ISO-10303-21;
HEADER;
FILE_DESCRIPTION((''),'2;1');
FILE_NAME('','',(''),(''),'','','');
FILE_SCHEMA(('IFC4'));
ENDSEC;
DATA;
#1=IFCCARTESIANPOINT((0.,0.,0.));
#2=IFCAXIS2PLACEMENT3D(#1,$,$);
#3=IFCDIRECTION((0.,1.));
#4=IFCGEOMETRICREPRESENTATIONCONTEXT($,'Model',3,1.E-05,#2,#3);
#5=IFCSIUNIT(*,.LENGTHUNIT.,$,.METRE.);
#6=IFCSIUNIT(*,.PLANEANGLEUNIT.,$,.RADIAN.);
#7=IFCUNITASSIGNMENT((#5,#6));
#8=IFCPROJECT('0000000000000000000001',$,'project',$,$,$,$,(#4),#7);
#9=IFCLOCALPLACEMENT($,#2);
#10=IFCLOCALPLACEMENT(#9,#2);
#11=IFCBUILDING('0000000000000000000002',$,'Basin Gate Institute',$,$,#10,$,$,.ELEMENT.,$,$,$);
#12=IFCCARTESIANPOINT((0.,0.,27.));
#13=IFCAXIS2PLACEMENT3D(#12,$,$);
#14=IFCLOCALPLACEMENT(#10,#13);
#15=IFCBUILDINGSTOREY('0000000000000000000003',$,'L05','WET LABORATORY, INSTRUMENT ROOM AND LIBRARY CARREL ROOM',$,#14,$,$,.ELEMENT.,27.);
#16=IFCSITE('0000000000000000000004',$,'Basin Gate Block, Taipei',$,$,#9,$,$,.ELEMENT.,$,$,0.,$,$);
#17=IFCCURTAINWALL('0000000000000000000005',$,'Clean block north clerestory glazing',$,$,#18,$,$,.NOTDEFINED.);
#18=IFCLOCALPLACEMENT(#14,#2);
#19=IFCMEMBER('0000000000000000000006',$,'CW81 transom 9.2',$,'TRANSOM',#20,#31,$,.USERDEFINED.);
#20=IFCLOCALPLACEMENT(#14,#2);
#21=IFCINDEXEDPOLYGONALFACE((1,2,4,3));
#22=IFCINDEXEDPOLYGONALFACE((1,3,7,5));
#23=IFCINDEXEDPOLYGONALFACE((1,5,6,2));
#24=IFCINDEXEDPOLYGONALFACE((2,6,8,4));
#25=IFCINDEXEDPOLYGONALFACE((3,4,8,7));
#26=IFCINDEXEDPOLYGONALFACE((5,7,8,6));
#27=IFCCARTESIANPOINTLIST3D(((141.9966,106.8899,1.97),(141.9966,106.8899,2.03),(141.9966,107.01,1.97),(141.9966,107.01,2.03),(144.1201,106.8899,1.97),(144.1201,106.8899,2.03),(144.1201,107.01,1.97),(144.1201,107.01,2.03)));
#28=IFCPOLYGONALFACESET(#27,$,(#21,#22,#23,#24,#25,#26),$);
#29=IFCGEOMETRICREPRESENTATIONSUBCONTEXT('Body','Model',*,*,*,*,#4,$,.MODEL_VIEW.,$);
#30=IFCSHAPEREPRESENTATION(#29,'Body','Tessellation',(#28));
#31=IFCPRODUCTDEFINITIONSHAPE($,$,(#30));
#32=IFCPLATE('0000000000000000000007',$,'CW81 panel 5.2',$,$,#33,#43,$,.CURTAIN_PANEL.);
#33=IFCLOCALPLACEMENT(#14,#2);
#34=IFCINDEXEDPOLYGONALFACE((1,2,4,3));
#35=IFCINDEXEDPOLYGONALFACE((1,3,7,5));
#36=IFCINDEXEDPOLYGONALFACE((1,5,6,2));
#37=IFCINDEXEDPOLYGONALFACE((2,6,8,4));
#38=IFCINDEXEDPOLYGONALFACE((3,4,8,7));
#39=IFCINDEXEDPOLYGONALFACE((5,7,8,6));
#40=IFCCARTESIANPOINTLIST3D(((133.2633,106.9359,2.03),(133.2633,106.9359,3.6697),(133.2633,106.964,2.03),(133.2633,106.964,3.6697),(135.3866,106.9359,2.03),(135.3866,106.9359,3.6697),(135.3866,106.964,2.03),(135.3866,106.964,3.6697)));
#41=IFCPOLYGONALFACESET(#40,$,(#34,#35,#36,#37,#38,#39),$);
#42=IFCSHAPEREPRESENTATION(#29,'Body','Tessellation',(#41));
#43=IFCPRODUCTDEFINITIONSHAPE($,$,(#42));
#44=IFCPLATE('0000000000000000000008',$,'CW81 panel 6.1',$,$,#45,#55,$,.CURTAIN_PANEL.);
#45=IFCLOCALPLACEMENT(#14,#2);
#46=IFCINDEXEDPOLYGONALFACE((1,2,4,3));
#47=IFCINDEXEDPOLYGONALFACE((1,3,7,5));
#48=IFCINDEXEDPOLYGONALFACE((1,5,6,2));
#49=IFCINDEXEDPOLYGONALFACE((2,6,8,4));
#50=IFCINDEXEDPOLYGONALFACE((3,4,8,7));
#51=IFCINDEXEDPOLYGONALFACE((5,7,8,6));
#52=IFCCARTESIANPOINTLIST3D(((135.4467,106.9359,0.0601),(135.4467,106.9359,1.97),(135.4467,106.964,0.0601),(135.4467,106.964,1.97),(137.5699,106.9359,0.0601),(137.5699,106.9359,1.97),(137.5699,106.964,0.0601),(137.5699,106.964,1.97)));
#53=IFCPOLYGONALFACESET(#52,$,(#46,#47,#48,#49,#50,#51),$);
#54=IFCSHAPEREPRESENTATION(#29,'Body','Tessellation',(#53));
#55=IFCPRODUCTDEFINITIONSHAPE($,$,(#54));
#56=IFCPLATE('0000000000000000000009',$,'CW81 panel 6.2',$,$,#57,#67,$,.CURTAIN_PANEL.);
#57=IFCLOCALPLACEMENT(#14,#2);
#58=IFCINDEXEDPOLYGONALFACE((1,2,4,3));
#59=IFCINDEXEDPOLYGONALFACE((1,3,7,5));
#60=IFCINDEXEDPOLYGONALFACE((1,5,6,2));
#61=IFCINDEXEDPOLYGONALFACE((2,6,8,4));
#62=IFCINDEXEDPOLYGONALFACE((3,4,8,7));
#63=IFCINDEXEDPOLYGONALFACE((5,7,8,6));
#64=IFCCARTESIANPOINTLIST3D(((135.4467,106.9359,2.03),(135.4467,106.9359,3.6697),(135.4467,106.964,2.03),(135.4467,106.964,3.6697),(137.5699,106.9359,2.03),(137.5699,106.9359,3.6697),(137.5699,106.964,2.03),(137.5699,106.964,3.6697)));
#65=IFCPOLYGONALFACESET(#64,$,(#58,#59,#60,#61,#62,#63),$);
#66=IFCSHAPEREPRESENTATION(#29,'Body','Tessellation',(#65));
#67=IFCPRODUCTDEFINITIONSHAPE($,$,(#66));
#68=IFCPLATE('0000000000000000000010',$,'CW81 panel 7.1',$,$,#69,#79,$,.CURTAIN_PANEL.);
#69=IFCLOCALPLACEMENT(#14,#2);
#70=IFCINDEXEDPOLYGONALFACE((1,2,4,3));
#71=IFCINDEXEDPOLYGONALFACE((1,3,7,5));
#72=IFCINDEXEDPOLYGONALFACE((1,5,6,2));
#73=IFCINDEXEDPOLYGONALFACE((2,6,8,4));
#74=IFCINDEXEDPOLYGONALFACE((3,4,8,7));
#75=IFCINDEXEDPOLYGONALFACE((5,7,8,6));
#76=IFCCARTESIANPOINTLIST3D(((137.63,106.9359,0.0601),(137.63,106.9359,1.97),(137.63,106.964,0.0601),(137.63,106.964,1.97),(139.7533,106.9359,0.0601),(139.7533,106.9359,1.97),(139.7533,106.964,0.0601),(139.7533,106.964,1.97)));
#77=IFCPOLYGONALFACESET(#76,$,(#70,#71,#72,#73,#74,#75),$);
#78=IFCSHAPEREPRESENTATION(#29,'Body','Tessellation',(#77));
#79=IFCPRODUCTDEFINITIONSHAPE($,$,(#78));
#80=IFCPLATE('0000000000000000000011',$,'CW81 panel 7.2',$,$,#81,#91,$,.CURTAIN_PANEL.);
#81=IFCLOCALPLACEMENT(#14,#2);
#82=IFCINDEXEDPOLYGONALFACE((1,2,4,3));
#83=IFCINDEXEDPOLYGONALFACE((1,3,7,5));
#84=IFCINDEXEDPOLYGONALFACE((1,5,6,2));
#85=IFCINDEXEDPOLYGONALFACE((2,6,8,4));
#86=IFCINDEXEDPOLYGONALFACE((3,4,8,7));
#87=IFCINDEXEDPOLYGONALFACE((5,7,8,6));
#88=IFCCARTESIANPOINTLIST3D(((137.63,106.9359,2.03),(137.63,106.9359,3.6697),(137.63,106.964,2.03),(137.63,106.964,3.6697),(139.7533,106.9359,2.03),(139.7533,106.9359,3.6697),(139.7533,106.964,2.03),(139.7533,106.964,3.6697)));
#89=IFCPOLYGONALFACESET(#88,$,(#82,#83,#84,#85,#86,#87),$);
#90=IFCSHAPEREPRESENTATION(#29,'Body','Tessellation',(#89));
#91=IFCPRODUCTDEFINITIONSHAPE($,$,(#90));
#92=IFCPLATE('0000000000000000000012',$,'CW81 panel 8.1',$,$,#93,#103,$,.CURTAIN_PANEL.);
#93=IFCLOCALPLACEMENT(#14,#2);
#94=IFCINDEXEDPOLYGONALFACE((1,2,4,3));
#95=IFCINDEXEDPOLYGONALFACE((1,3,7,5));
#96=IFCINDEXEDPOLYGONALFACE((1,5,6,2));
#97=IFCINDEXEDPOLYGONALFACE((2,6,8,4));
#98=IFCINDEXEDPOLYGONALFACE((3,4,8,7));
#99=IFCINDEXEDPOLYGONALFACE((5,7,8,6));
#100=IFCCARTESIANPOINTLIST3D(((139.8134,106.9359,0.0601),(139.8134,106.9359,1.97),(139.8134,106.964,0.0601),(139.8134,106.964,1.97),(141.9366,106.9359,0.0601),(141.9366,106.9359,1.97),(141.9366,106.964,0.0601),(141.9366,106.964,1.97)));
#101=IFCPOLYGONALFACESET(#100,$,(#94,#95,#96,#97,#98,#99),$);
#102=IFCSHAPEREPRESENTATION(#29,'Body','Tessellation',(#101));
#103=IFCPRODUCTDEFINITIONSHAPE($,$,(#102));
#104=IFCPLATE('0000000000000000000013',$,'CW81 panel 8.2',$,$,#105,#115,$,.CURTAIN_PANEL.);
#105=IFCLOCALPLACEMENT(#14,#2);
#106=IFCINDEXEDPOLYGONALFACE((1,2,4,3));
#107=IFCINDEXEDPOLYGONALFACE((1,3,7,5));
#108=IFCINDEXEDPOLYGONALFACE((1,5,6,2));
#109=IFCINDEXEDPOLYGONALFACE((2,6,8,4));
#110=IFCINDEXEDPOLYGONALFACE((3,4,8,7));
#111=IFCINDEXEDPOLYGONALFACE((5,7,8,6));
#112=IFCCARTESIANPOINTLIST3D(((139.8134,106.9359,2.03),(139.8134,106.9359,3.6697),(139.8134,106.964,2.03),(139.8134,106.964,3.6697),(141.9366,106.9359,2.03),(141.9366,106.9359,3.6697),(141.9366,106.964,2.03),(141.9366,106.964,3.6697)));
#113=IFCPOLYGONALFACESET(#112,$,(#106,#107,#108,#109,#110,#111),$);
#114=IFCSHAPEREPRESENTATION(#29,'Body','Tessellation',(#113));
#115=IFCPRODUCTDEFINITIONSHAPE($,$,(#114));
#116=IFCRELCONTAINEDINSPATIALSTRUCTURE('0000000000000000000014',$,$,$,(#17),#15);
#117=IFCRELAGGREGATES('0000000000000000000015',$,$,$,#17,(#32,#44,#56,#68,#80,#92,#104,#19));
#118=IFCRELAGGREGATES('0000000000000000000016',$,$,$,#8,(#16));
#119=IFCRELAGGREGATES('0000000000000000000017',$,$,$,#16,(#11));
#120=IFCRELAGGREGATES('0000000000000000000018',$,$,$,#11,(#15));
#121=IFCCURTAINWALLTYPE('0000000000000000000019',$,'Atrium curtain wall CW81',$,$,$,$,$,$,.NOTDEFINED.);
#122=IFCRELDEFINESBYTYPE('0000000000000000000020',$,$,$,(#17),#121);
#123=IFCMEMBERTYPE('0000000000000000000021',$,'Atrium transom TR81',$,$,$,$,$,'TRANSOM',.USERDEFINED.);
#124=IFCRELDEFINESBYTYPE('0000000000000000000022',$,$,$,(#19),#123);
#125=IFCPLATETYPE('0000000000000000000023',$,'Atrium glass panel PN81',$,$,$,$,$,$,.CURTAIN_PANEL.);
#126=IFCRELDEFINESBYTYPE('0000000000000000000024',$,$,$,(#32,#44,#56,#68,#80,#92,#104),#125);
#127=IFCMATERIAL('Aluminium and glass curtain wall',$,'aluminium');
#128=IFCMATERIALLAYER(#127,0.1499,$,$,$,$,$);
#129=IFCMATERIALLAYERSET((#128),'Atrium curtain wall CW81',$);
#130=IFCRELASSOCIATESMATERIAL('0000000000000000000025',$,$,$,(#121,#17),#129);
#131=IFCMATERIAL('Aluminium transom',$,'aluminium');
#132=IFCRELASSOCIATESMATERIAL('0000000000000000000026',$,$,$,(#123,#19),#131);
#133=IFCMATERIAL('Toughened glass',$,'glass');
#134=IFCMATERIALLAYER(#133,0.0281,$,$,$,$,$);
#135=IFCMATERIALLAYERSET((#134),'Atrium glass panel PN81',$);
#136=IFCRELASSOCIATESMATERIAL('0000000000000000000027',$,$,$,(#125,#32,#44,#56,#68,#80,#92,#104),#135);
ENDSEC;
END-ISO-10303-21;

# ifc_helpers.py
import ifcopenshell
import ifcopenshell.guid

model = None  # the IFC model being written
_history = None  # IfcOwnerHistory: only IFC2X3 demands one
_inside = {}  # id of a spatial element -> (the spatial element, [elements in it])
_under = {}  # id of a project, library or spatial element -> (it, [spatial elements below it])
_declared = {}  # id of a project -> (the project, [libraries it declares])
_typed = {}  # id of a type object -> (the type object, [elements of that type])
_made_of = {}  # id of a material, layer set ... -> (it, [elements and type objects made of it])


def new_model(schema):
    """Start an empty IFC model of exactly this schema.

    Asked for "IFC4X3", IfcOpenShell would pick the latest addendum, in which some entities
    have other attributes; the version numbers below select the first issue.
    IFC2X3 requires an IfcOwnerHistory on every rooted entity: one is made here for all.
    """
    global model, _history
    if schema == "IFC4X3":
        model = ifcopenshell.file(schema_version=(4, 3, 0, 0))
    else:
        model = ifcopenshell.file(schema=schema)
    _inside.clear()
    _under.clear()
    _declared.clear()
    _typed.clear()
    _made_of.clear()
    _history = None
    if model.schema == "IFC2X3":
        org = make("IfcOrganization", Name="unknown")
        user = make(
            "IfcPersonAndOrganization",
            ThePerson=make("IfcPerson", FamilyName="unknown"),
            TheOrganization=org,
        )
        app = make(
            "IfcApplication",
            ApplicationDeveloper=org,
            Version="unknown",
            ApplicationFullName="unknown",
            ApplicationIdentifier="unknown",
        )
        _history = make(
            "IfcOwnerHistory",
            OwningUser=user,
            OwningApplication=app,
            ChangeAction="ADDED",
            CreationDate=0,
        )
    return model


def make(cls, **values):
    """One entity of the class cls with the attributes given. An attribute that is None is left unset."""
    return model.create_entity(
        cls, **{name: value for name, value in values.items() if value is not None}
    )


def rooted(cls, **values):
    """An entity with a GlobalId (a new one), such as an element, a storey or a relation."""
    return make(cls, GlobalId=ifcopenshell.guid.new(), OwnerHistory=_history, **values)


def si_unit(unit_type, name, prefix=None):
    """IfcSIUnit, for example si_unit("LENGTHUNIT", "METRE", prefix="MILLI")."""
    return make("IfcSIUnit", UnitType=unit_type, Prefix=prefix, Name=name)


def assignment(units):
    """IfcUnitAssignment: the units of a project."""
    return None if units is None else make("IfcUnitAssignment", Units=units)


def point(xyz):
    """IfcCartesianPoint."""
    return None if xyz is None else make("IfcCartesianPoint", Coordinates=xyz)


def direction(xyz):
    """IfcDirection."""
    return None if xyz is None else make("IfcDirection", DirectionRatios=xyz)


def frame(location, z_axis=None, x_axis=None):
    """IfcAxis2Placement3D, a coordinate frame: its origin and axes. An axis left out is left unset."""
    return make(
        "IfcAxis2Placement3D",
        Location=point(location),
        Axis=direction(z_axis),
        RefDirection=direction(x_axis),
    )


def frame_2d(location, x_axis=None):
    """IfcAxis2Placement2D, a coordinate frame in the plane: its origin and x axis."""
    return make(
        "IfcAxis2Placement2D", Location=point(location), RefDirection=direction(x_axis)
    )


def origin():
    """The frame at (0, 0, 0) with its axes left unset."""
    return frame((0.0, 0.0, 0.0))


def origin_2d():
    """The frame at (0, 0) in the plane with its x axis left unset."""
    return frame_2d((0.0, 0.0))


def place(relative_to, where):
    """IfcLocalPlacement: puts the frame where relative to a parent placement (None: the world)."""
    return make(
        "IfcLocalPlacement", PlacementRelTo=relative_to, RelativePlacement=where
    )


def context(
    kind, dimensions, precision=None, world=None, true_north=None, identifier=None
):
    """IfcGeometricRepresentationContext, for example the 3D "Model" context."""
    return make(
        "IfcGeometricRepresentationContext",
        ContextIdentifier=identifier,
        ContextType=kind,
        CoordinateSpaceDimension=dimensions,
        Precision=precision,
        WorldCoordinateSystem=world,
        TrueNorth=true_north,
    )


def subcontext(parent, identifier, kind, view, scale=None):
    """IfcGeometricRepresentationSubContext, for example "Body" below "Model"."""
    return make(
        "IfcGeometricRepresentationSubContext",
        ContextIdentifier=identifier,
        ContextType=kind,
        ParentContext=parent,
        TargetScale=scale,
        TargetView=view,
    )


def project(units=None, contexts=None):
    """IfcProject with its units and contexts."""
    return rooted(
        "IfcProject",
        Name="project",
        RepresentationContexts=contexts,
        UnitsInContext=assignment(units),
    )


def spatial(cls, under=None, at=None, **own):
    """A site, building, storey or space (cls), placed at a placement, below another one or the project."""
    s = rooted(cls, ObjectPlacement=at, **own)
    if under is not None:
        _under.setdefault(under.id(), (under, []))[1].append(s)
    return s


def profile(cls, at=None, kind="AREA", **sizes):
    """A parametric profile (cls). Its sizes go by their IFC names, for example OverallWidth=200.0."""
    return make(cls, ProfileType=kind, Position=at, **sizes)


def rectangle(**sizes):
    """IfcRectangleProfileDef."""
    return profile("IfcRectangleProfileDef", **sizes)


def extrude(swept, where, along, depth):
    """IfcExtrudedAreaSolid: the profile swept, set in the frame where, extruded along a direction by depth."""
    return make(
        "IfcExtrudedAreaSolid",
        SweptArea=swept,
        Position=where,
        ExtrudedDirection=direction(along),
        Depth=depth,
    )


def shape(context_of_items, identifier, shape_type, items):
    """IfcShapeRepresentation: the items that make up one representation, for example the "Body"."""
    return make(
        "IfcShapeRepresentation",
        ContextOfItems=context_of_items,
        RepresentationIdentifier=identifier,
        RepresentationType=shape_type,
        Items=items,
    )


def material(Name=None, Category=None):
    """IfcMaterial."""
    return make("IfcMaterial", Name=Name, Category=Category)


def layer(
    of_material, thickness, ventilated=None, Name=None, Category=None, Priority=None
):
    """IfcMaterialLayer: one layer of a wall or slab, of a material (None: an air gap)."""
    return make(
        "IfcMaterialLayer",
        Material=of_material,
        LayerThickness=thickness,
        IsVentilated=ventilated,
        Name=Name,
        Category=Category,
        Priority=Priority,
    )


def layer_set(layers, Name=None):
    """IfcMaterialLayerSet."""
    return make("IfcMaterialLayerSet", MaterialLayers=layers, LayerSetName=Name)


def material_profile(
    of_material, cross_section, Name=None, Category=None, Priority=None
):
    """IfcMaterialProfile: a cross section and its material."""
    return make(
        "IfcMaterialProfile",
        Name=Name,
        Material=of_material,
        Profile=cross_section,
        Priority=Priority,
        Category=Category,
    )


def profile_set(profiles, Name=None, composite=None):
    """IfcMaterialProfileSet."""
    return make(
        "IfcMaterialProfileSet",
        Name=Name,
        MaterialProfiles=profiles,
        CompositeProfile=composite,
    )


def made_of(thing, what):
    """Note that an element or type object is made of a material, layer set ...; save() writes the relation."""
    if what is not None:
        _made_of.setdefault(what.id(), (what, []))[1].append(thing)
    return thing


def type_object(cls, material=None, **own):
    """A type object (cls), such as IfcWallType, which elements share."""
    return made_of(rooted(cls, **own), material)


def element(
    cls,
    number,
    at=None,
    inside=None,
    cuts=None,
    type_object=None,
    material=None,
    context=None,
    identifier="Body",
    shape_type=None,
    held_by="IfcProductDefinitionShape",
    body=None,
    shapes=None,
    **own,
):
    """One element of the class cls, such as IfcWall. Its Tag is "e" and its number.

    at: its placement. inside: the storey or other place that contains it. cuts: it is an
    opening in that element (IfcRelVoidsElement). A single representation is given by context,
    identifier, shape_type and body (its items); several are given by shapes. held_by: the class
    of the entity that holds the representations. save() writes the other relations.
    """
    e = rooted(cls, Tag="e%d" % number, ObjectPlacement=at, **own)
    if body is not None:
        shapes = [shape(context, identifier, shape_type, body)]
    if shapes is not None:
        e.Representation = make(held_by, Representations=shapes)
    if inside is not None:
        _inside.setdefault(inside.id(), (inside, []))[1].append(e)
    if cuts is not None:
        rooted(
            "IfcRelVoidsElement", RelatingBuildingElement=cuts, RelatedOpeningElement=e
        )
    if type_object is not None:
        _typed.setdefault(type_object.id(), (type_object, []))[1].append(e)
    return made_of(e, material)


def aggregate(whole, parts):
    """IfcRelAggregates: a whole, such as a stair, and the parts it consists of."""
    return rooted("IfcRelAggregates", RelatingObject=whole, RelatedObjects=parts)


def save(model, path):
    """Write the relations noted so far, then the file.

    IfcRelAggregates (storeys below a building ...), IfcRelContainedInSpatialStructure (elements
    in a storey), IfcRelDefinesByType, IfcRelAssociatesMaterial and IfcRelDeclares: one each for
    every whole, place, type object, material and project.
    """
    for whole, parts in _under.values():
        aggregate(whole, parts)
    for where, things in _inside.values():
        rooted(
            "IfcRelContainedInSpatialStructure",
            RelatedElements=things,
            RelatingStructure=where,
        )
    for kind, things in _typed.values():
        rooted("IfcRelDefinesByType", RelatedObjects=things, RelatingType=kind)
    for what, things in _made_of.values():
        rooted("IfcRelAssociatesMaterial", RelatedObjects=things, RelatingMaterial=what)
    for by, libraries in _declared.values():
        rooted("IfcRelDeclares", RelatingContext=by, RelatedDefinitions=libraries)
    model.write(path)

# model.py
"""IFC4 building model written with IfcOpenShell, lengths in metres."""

from ifc_helpers import new_model, si_unit, direction, frame, origin, origin_2d, place, context, subcontext, project, spatial, rectangle, extrude, material, layer, layer_set, material_profile, profile_set, type_object, element, aggregate, save


model = new_model("IFC4")

# Units and contexts
model_context = context("Model", 3, precision=1e-05, world=origin(), true_north=direction((0.0, 1.0)))
body_context = subcontext(model_context, "Body", "Model", "MODEL_VIEW")
ifc_project = project(units=[si_unit("LENGTHUNIT", "METRE"), si_unit("PLANEANGLEUNIT", "RADIAN")], contexts=[model_context])

# Site, building, storey
site_placement = place(None, origin())
site = spatial("IfcSite", under=ifc_project, at=site_placement, Name="Basin Gate Block, Taipei", CompositionType="ELEMENT", RefElevation=0.0)
building_placement = place(site_placement, origin())
building = spatial("IfcBuilding", under=site, at=building_placement, Name="Basin Gate Institute", CompositionType="ELEMENT")
storey_placement = place(building_placement, frame((0.0, 0.0, 27.0)))
storey = spatial("IfcBuildingStorey", under=building, at=storey_placement, Name="L05", Description="WET LABORATORY, INSTRUMENT ROOM AND LIBRARY CARREL ROOM", CompositionType="ELEMENT", Elevation=27.0)

# Curtain wall, member, plates
ifc_material_1 = material(Name="Aluminium and glass curtain wall", Category="aluminium")
ifc_layer_1 = layer(ifc_material_1, 0.1499)
ifc_layer_set_1 = layer_set([ifc_layer_1], Name="Atrium curtain wall CW81")
curtain_wall_type = type_object("IfcCurtainWallType", Name="Atrium curtain wall CW81", PredefinedType="NOTDEFINED", material=ifc_layer_set_1)
curtain_wall_placement = place(storey_placement, origin())
curtain_wall = element("IfcCurtainWall", 1, at=curtain_wall_placement, inside=storey, type_object=curtain_wall_type, material=ifc_layer_set_1, Name="Clean block north clerestory glazing", PredefinedType="NOTDEFINED")
ifc_material_2 = material(Name="Aluminium transom", Category="aluminium")
ifc_material_profile_1 = material_profile(ifc_material_2, rectangle(XDim=0.1201, YDim=0.0601, at=origin_2d()), Name="Atrium transom TR81 120 x 60")
ifc_profile_set_1 = profile_set([ifc_material_profile_1], Name="Aluminium transom")
member_type_1 = type_object("IfcMemberType", Name="Atrium transom TR81", ElementType="TRANSOM", PredefinedType="USERDEFINED", material=ifc_profile_set_1)
member_1_placement = place(storey_placement, frame((141.9966, 106.95, 2.0), z_axis=(1.0, 0.0, 0.0), x_axis=(0.0, 1.0, 0.0)))
member_1 = element("IfcMember", 2, at=member_1_placement, type_object=member_type_1, material=ifc_profile_set_1, Name="CW81 transom 9.2", ObjectType="TRANSOM", PredefinedType="USERDEFINED", context=body_context, shape_type="SweptSolid", body=[
    extrude(rectangle(XDim=0.1201, YDim=0.0601, at=origin_2d()), origin(), (0.0, 0.0, 1.0), 2.1235),
])
ifc_material_3 = material(Name="Toughened glass", Category="glass")
ifc_layer_2 = layer(ifc_material_3, 0.0281)
ifc_layer_set_2 = layer_set([ifc_layer_2], Name="Atrium glass panel PN81")
plate_type = type_object("IfcPlateType", Name="Atrium glass panel PN81", PredefinedType="CURTAIN_PANEL", material=ifc_layer_set_2)
plate_1_placement = place(storey_placement, frame((134.325, 106.95, 2.03), z_axis=(0.0, 0.0, 1.0), x_axis=(1.0, 0.0, 0.0)))
plate_1 = element("IfcPlate", 3, at=plate_1_placement, type_object=plate_type, material=ifc_layer_set_2, Name="CW81 panel 5.2", PredefinedType="CURTAIN_PANEL", context=body_context, shape_type="SweptSolid", body=[
    extrude(rectangle(XDim=2.1233, YDim=0.0281, at=origin_2d()), origin(), (0.0, 0.0, 1.0), 1.6396),
])
plate_2_placement = place(storey_placement, frame((136.5083, 106.95, 0.0601), z_axis=(0.0, 0.0, 1.0), x_axis=(1.0, 0.0, 0.0)))
plate_2 = element("IfcPlate", 4, at=plate_2_placement, type_object=plate_type, material=ifc_layer_set_2, Name="CW81 panel 6.1", PredefinedType="CURTAIN_PANEL", context=body_context, shape_type="SweptSolid", body=[
    extrude(rectangle(XDim=2.1233, YDim=0.0281, at=origin_2d()), origin(), (0.0, 0.0, 1.0), 1.9099),
])
plate_3_placement = place(storey_placement, frame((136.5083, 106.95, 2.03), z_axis=(0.0, 0.0, 1.0), x_axis=(1.0, 0.0, 0.0)))
plate_3 = element("IfcPlate", 5, at=plate_3_placement, type_object=plate_type, material=ifc_layer_set_2, Name="CW81 panel 6.2", PredefinedType="CURTAIN_PANEL", context=body_context, shape_type="SweptSolid", body=[
    extrude(rectangle(XDim=2.1233, YDim=0.0281, at=origin_2d()), origin(), (0.0, 0.0, 1.0), 1.6396),
])
plate_4_placement = place(storey_placement, frame((138.6917, 106.95, 0.0601), z_axis=(0.0, 0.0, 1.0), x_axis=(1.0, 0.0, 0.0)))
plate_4 = element("IfcPlate", 6, at=plate_4_placement, type_object=plate_type, material=ifc_layer_set_2, Name="CW81 panel 7.1", PredefinedType="CURTAIN_PANEL", context=body_context, shape_type="SweptSolid", body=[
    extrude(rectangle(XDim=2.1233, YDim=0.0281, at=origin_2d()), origin(), (0.0, 0.0, 1.0), 1.9099),
])
plate_5_placement = place(storey_placement, frame((138.6917, 106.95, 2.03), z_axis=(0.0, 0.0, 1.0), x_axis=(1.0, 0.0, 0.0)))
plate_5 = element("IfcPlate", 7, at=plate_5_placement, type_object=plate_type, material=ifc_layer_set_2, Name="CW81 panel 7.2", PredefinedType="CURTAIN_PANEL", context=body_context, shape_type="SweptSolid", body=[
    extrude(rectangle(XDim=2.1233, YDim=0.0281, at=origin_2d()), origin(), (0.0, 0.0, 1.0), 1.6396),
])
plate_6_placement = place(storey_placement, frame((140.875, 106.95, 0.0601), z_axis=(0.0, 0.0, 1.0), x_axis=(1.0, 0.0, 0.0)))
plate_6 = element("IfcPlate", 8, at=plate_6_placement, type_object=plate_type, material=ifc_layer_set_2, Name="CW81 panel 8.1", PredefinedType="CURTAIN_PANEL", context=body_context, shape_type="SweptSolid", body=[
    extrude(rectangle(XDim=2.1233, YDim=0.0281, at=origin_2d()), origin(), (0.0, 0.0, 1.0), 1.9099),
])
plate_7_placement = place(storey_placement, frame((140.875, 106.95, 2.03), z_axis=(0.0, 0.0, 1.0), x_axis=(1.0, 0.0, 0.0)))
plate_7 = element("IfcPlate", 9, at=plate_7_placement, type_object=plate_type, material=ifc_layer_set_2, Name="CW81 panel 8.2", PredefinedType="CURTAIN_PANEL", context=body_context, shape_type="SweptSolid", body=[
    extrude(rectangle(XDim=2.1233, YDim=0.0281, at=origin_2d()), origin(), (0.0, 0.0, 1.0), 1.6396),
])
aggregate(curtain_wall, [plate_1, plate_2, plate_3, plate_4, plate_5, plate_6, plate_7, member_1])

save(model, "model.ifc")
